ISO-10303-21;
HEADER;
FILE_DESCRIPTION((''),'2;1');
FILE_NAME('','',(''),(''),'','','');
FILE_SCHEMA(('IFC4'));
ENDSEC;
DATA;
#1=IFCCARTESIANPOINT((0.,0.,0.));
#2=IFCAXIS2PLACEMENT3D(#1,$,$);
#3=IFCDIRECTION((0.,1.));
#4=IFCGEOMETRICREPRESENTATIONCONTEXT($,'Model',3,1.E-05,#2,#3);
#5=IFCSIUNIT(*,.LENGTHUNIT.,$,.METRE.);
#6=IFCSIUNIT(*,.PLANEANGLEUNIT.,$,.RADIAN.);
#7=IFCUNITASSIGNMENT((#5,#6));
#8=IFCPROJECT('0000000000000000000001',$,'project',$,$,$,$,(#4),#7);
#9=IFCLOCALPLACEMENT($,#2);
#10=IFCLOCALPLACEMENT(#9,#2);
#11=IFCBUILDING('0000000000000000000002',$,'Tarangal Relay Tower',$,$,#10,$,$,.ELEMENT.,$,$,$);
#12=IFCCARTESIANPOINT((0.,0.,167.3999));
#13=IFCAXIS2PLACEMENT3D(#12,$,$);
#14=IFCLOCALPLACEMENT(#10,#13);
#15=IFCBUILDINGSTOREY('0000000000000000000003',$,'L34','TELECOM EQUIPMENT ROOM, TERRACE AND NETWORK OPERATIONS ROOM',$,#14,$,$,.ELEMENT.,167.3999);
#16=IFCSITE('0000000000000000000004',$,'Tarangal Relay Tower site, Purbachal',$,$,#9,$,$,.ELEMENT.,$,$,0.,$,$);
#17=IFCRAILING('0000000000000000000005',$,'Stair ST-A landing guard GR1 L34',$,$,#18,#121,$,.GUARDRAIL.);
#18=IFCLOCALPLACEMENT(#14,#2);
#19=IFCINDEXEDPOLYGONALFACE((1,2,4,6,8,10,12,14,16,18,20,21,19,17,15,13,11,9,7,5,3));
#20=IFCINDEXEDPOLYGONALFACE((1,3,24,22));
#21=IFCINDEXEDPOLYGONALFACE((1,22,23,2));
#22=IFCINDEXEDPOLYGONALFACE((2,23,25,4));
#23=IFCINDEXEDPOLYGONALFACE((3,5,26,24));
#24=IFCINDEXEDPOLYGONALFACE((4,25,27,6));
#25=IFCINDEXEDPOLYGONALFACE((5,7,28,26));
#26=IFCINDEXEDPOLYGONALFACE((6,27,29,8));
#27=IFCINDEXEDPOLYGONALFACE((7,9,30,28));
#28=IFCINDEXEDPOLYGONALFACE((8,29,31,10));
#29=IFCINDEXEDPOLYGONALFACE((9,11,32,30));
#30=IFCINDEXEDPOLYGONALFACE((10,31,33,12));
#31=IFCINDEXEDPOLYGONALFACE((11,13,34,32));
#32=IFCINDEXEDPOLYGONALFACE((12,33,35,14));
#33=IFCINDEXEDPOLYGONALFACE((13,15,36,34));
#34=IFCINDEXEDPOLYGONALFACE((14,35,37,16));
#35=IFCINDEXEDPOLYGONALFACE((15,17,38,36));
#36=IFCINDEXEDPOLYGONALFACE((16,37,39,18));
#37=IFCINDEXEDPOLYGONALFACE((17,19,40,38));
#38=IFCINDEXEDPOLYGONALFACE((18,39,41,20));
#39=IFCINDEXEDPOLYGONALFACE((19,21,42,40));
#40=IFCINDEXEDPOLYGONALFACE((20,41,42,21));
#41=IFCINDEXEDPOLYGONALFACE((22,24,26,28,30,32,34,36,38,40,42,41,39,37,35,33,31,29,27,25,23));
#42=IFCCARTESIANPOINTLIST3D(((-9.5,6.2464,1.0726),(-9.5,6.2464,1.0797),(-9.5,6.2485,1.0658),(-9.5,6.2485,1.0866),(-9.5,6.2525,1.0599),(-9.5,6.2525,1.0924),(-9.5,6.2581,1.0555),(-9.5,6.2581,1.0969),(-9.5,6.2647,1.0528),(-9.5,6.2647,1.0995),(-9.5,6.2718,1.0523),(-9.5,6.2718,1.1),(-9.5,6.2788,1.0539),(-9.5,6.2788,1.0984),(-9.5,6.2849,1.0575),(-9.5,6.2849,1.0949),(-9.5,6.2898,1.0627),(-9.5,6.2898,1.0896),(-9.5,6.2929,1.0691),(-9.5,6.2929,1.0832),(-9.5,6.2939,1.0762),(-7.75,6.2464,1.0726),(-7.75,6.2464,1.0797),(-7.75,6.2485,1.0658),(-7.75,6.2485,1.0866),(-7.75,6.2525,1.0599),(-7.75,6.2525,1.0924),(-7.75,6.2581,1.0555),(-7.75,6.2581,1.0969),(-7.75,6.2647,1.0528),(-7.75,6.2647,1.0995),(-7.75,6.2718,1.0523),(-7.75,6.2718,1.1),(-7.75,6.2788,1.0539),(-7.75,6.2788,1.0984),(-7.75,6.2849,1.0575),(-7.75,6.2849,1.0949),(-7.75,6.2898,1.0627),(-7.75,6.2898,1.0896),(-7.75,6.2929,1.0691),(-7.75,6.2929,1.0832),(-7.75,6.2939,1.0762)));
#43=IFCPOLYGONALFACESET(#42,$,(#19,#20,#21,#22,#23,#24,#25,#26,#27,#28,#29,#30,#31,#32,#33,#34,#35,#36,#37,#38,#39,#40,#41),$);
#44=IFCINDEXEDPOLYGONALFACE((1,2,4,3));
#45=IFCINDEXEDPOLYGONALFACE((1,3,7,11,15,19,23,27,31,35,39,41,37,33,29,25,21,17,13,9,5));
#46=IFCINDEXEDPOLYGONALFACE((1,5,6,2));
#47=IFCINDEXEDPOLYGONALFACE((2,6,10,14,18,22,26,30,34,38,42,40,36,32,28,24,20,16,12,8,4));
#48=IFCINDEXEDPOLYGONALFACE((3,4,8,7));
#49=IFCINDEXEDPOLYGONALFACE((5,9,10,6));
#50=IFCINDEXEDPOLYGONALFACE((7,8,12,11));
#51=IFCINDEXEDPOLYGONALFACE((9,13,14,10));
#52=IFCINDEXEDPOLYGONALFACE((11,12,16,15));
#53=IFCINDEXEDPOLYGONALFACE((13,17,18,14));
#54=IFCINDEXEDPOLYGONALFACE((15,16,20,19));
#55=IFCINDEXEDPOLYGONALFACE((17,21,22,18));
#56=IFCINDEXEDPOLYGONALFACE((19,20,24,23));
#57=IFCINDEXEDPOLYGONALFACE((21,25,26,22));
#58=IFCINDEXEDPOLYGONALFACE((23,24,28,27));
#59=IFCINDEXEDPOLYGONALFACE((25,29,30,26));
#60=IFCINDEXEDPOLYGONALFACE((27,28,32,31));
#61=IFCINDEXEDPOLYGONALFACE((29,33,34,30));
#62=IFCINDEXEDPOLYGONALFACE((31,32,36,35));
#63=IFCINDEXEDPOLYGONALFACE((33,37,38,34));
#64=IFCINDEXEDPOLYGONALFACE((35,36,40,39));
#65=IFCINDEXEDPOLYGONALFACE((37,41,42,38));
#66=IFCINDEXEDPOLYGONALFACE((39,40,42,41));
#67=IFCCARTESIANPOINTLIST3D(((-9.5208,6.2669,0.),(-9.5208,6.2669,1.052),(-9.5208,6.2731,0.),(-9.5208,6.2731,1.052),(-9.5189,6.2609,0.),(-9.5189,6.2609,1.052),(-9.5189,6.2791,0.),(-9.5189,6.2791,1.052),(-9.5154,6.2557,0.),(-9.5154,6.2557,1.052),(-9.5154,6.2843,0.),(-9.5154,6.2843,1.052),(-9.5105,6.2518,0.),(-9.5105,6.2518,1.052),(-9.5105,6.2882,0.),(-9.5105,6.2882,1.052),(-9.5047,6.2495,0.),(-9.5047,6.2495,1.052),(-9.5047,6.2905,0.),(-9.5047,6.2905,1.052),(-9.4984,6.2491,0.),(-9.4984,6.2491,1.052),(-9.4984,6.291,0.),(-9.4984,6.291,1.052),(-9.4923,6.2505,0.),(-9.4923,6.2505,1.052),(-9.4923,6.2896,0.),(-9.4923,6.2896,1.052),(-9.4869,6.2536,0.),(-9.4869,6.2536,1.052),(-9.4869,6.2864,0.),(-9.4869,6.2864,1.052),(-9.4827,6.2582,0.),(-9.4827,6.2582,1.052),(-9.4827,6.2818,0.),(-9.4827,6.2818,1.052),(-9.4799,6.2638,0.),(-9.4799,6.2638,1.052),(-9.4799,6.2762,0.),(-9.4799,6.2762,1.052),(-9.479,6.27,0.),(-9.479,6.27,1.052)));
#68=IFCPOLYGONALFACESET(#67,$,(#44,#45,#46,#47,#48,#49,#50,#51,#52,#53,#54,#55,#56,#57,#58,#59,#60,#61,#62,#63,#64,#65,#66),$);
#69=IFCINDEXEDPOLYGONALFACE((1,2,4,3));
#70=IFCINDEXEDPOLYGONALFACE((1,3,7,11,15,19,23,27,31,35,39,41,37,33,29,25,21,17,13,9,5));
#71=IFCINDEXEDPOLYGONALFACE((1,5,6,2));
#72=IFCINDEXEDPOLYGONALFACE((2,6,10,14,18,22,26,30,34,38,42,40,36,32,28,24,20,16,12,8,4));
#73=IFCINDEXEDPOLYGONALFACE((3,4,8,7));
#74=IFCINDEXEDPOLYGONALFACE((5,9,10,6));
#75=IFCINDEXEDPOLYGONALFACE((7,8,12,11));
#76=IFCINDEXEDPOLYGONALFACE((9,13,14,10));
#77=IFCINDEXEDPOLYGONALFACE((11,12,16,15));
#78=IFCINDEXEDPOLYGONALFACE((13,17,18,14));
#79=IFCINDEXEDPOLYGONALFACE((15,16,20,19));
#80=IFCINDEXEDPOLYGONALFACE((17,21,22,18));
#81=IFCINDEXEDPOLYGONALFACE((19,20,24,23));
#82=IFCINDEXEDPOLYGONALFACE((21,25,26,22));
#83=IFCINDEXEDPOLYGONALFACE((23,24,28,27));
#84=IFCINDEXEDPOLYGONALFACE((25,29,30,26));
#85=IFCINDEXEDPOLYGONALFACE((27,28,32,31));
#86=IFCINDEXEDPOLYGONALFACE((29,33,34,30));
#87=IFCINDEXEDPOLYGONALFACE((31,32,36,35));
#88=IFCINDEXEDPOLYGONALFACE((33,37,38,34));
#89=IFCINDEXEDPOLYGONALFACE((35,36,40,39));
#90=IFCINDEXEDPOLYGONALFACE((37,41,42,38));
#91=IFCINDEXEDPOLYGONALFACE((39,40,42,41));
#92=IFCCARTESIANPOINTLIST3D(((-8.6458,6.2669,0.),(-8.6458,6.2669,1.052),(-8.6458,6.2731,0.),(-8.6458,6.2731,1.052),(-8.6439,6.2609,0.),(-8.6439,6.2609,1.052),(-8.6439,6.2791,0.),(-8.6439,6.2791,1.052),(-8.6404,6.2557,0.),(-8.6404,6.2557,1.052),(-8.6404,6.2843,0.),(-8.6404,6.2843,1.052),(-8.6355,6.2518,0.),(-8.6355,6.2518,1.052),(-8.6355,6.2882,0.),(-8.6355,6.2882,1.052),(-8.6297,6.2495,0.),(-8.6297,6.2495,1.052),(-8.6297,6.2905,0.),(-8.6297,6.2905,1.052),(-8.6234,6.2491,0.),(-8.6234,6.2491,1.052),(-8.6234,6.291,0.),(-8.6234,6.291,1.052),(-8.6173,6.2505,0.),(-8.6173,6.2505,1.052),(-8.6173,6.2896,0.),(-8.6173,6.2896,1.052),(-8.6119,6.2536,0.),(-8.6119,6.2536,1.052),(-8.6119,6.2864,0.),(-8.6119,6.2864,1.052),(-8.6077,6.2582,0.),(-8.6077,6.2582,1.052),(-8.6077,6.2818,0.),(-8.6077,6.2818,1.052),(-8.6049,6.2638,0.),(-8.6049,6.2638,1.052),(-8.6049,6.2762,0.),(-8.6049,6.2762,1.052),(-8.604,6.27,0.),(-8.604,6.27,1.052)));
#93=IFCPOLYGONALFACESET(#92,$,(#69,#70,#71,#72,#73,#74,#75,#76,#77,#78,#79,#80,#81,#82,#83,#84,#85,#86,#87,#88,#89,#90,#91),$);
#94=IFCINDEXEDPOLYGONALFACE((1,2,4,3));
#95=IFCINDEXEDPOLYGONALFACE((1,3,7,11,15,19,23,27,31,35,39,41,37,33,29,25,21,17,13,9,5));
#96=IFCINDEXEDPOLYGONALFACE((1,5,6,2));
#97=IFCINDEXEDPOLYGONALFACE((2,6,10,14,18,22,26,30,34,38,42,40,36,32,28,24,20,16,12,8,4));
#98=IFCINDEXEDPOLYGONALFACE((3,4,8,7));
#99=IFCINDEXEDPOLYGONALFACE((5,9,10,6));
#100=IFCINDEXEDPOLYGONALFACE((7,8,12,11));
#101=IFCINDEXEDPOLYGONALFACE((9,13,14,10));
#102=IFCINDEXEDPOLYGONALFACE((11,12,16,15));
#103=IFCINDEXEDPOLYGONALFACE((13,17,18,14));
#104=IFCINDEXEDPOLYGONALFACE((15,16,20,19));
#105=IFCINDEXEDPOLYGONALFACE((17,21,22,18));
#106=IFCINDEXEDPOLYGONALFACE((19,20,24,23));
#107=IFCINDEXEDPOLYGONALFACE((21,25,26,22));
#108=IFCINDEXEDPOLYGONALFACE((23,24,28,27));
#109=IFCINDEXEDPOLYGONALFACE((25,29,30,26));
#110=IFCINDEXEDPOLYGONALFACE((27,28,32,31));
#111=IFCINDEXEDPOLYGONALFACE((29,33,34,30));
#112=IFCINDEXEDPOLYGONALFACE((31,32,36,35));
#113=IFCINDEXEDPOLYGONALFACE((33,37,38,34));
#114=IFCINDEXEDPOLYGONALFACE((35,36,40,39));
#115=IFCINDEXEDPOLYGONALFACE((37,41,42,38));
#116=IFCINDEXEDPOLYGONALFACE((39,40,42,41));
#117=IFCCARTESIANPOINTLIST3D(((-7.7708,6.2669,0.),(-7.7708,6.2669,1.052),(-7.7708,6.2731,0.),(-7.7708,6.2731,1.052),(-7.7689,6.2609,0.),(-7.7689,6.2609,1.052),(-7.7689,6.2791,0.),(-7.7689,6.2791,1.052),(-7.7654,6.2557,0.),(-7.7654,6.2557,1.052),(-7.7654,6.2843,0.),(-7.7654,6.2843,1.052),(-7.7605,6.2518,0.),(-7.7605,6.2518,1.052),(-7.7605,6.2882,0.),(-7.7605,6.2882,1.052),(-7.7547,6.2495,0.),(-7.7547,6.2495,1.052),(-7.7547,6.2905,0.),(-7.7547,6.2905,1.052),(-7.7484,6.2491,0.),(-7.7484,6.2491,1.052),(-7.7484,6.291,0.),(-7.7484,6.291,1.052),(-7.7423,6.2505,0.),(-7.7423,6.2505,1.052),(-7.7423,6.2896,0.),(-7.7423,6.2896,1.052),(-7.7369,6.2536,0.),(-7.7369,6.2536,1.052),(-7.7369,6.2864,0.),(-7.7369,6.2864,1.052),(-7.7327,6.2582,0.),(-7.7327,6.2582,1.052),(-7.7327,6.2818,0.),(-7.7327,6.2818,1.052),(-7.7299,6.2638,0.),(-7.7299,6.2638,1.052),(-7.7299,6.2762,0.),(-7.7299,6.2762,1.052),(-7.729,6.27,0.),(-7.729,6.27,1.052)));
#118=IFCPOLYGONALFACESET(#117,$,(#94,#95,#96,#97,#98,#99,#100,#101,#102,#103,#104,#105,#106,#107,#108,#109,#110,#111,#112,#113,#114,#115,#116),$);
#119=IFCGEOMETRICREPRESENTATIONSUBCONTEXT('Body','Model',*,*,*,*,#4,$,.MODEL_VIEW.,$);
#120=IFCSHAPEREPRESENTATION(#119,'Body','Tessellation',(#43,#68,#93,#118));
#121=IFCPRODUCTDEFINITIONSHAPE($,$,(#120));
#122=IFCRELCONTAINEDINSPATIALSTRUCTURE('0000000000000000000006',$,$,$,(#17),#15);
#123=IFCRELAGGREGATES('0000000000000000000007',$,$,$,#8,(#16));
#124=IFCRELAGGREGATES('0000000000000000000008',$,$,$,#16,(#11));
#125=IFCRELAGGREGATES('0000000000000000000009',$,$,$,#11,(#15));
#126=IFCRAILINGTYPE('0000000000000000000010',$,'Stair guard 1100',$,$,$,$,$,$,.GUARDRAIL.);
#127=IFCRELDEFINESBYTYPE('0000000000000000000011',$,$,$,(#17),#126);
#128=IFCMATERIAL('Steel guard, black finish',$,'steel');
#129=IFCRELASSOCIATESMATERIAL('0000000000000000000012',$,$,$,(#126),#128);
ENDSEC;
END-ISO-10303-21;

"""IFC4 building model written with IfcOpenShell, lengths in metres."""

from ifc_helpers import new_model, si_unit, direction, frame, origin, origin_2d, place, context, subcontext, project, spatial, circle, extrude, material, type_object, element, save


model = new_model("IFC4")

# Units and contexts
model_context = context("Model", 3, precision=1e-05, world=origin(), true_north=direction((0.0, 1.0)))
body_context = subcontext(model_context, "Body", "Model", "MODEL_VIEW")
ifc_project = project(units=[si_unit("LENGTHUNIT", "METRE"), si_unit("PLANEANGLEUNIT", "RADIAN")], contexts=[model_context])

# Site, building, storey
site_placement = place(None, origin())
site = spatial("IfcSite", under=ifc_project, at=site_placement, Name="Tarangal Relay Tower site, Purbachal", CompositionType="ELEMENT", RefElevation=0.0)
building_placement = place(site_placement, origin())
building = spatial("IfcBuilding", under=site, at=building_placement, Name="Tarangal Relay Tower", CompositionType="ELEMENT")
storey_placement = place(building_placement, frame((0.0, 0.0, 167.3999)))
storey = spatial("IfcBuildingStorey", under=building, at=storey_placement, Name="L34", Description="TELECOM EQUIPMENT ROOM, TERRACE AND NETWORK OPERATIONS ROOM", CompositionType="ELEMENT", Elevation=167.3999)

# Railing
ifc_material_1 = material(Name="Steel guard, black finish", Category="steel")
railing_type = type_object("IfcRailingType", Name="Stair guard 1100", PredefinedType="GUARDRAIL", material=ifc_material_1)
railing_1_placement = place(storey_placement, frame((-9.5, 6.27, 0.0)))
element("IfcRailing", 1, at=railing_1_placement, inside=storey, type_object=railing_type, Name="Stair ST-A landing guard GR1 L34", PredefinedType="GUARDRAIL", context=body_context, shape_type="SweptSolid", body=[
    extrude(circle(Radius=0.0239, at=origin_2d()), frame((0.0, 0.0, 1.0762), z_axis=(1.0, 0.0, 0.0), x_axis=(0.0, 1.0, 0.0)), (0.0, 0.0, 1.0), 1.75),
    extrude(circle(Radius=0.021, at=origin_2d()), origin(), (0.0, 0.0, 1.0), 1.052),
    extrude(circle(Radius=0.021, at=origin_2d()), frame((0.875, 0.0, 0.0)), (0.0, 0.0, 1.0), 1.052),
    extrude(circle(Radius=0.021, at=origin_2d()), frame((1.75, 0.0, 0.0)), (0.0, 0.0, 1.0), 1.052),
])

save(model, "model.ifc")
